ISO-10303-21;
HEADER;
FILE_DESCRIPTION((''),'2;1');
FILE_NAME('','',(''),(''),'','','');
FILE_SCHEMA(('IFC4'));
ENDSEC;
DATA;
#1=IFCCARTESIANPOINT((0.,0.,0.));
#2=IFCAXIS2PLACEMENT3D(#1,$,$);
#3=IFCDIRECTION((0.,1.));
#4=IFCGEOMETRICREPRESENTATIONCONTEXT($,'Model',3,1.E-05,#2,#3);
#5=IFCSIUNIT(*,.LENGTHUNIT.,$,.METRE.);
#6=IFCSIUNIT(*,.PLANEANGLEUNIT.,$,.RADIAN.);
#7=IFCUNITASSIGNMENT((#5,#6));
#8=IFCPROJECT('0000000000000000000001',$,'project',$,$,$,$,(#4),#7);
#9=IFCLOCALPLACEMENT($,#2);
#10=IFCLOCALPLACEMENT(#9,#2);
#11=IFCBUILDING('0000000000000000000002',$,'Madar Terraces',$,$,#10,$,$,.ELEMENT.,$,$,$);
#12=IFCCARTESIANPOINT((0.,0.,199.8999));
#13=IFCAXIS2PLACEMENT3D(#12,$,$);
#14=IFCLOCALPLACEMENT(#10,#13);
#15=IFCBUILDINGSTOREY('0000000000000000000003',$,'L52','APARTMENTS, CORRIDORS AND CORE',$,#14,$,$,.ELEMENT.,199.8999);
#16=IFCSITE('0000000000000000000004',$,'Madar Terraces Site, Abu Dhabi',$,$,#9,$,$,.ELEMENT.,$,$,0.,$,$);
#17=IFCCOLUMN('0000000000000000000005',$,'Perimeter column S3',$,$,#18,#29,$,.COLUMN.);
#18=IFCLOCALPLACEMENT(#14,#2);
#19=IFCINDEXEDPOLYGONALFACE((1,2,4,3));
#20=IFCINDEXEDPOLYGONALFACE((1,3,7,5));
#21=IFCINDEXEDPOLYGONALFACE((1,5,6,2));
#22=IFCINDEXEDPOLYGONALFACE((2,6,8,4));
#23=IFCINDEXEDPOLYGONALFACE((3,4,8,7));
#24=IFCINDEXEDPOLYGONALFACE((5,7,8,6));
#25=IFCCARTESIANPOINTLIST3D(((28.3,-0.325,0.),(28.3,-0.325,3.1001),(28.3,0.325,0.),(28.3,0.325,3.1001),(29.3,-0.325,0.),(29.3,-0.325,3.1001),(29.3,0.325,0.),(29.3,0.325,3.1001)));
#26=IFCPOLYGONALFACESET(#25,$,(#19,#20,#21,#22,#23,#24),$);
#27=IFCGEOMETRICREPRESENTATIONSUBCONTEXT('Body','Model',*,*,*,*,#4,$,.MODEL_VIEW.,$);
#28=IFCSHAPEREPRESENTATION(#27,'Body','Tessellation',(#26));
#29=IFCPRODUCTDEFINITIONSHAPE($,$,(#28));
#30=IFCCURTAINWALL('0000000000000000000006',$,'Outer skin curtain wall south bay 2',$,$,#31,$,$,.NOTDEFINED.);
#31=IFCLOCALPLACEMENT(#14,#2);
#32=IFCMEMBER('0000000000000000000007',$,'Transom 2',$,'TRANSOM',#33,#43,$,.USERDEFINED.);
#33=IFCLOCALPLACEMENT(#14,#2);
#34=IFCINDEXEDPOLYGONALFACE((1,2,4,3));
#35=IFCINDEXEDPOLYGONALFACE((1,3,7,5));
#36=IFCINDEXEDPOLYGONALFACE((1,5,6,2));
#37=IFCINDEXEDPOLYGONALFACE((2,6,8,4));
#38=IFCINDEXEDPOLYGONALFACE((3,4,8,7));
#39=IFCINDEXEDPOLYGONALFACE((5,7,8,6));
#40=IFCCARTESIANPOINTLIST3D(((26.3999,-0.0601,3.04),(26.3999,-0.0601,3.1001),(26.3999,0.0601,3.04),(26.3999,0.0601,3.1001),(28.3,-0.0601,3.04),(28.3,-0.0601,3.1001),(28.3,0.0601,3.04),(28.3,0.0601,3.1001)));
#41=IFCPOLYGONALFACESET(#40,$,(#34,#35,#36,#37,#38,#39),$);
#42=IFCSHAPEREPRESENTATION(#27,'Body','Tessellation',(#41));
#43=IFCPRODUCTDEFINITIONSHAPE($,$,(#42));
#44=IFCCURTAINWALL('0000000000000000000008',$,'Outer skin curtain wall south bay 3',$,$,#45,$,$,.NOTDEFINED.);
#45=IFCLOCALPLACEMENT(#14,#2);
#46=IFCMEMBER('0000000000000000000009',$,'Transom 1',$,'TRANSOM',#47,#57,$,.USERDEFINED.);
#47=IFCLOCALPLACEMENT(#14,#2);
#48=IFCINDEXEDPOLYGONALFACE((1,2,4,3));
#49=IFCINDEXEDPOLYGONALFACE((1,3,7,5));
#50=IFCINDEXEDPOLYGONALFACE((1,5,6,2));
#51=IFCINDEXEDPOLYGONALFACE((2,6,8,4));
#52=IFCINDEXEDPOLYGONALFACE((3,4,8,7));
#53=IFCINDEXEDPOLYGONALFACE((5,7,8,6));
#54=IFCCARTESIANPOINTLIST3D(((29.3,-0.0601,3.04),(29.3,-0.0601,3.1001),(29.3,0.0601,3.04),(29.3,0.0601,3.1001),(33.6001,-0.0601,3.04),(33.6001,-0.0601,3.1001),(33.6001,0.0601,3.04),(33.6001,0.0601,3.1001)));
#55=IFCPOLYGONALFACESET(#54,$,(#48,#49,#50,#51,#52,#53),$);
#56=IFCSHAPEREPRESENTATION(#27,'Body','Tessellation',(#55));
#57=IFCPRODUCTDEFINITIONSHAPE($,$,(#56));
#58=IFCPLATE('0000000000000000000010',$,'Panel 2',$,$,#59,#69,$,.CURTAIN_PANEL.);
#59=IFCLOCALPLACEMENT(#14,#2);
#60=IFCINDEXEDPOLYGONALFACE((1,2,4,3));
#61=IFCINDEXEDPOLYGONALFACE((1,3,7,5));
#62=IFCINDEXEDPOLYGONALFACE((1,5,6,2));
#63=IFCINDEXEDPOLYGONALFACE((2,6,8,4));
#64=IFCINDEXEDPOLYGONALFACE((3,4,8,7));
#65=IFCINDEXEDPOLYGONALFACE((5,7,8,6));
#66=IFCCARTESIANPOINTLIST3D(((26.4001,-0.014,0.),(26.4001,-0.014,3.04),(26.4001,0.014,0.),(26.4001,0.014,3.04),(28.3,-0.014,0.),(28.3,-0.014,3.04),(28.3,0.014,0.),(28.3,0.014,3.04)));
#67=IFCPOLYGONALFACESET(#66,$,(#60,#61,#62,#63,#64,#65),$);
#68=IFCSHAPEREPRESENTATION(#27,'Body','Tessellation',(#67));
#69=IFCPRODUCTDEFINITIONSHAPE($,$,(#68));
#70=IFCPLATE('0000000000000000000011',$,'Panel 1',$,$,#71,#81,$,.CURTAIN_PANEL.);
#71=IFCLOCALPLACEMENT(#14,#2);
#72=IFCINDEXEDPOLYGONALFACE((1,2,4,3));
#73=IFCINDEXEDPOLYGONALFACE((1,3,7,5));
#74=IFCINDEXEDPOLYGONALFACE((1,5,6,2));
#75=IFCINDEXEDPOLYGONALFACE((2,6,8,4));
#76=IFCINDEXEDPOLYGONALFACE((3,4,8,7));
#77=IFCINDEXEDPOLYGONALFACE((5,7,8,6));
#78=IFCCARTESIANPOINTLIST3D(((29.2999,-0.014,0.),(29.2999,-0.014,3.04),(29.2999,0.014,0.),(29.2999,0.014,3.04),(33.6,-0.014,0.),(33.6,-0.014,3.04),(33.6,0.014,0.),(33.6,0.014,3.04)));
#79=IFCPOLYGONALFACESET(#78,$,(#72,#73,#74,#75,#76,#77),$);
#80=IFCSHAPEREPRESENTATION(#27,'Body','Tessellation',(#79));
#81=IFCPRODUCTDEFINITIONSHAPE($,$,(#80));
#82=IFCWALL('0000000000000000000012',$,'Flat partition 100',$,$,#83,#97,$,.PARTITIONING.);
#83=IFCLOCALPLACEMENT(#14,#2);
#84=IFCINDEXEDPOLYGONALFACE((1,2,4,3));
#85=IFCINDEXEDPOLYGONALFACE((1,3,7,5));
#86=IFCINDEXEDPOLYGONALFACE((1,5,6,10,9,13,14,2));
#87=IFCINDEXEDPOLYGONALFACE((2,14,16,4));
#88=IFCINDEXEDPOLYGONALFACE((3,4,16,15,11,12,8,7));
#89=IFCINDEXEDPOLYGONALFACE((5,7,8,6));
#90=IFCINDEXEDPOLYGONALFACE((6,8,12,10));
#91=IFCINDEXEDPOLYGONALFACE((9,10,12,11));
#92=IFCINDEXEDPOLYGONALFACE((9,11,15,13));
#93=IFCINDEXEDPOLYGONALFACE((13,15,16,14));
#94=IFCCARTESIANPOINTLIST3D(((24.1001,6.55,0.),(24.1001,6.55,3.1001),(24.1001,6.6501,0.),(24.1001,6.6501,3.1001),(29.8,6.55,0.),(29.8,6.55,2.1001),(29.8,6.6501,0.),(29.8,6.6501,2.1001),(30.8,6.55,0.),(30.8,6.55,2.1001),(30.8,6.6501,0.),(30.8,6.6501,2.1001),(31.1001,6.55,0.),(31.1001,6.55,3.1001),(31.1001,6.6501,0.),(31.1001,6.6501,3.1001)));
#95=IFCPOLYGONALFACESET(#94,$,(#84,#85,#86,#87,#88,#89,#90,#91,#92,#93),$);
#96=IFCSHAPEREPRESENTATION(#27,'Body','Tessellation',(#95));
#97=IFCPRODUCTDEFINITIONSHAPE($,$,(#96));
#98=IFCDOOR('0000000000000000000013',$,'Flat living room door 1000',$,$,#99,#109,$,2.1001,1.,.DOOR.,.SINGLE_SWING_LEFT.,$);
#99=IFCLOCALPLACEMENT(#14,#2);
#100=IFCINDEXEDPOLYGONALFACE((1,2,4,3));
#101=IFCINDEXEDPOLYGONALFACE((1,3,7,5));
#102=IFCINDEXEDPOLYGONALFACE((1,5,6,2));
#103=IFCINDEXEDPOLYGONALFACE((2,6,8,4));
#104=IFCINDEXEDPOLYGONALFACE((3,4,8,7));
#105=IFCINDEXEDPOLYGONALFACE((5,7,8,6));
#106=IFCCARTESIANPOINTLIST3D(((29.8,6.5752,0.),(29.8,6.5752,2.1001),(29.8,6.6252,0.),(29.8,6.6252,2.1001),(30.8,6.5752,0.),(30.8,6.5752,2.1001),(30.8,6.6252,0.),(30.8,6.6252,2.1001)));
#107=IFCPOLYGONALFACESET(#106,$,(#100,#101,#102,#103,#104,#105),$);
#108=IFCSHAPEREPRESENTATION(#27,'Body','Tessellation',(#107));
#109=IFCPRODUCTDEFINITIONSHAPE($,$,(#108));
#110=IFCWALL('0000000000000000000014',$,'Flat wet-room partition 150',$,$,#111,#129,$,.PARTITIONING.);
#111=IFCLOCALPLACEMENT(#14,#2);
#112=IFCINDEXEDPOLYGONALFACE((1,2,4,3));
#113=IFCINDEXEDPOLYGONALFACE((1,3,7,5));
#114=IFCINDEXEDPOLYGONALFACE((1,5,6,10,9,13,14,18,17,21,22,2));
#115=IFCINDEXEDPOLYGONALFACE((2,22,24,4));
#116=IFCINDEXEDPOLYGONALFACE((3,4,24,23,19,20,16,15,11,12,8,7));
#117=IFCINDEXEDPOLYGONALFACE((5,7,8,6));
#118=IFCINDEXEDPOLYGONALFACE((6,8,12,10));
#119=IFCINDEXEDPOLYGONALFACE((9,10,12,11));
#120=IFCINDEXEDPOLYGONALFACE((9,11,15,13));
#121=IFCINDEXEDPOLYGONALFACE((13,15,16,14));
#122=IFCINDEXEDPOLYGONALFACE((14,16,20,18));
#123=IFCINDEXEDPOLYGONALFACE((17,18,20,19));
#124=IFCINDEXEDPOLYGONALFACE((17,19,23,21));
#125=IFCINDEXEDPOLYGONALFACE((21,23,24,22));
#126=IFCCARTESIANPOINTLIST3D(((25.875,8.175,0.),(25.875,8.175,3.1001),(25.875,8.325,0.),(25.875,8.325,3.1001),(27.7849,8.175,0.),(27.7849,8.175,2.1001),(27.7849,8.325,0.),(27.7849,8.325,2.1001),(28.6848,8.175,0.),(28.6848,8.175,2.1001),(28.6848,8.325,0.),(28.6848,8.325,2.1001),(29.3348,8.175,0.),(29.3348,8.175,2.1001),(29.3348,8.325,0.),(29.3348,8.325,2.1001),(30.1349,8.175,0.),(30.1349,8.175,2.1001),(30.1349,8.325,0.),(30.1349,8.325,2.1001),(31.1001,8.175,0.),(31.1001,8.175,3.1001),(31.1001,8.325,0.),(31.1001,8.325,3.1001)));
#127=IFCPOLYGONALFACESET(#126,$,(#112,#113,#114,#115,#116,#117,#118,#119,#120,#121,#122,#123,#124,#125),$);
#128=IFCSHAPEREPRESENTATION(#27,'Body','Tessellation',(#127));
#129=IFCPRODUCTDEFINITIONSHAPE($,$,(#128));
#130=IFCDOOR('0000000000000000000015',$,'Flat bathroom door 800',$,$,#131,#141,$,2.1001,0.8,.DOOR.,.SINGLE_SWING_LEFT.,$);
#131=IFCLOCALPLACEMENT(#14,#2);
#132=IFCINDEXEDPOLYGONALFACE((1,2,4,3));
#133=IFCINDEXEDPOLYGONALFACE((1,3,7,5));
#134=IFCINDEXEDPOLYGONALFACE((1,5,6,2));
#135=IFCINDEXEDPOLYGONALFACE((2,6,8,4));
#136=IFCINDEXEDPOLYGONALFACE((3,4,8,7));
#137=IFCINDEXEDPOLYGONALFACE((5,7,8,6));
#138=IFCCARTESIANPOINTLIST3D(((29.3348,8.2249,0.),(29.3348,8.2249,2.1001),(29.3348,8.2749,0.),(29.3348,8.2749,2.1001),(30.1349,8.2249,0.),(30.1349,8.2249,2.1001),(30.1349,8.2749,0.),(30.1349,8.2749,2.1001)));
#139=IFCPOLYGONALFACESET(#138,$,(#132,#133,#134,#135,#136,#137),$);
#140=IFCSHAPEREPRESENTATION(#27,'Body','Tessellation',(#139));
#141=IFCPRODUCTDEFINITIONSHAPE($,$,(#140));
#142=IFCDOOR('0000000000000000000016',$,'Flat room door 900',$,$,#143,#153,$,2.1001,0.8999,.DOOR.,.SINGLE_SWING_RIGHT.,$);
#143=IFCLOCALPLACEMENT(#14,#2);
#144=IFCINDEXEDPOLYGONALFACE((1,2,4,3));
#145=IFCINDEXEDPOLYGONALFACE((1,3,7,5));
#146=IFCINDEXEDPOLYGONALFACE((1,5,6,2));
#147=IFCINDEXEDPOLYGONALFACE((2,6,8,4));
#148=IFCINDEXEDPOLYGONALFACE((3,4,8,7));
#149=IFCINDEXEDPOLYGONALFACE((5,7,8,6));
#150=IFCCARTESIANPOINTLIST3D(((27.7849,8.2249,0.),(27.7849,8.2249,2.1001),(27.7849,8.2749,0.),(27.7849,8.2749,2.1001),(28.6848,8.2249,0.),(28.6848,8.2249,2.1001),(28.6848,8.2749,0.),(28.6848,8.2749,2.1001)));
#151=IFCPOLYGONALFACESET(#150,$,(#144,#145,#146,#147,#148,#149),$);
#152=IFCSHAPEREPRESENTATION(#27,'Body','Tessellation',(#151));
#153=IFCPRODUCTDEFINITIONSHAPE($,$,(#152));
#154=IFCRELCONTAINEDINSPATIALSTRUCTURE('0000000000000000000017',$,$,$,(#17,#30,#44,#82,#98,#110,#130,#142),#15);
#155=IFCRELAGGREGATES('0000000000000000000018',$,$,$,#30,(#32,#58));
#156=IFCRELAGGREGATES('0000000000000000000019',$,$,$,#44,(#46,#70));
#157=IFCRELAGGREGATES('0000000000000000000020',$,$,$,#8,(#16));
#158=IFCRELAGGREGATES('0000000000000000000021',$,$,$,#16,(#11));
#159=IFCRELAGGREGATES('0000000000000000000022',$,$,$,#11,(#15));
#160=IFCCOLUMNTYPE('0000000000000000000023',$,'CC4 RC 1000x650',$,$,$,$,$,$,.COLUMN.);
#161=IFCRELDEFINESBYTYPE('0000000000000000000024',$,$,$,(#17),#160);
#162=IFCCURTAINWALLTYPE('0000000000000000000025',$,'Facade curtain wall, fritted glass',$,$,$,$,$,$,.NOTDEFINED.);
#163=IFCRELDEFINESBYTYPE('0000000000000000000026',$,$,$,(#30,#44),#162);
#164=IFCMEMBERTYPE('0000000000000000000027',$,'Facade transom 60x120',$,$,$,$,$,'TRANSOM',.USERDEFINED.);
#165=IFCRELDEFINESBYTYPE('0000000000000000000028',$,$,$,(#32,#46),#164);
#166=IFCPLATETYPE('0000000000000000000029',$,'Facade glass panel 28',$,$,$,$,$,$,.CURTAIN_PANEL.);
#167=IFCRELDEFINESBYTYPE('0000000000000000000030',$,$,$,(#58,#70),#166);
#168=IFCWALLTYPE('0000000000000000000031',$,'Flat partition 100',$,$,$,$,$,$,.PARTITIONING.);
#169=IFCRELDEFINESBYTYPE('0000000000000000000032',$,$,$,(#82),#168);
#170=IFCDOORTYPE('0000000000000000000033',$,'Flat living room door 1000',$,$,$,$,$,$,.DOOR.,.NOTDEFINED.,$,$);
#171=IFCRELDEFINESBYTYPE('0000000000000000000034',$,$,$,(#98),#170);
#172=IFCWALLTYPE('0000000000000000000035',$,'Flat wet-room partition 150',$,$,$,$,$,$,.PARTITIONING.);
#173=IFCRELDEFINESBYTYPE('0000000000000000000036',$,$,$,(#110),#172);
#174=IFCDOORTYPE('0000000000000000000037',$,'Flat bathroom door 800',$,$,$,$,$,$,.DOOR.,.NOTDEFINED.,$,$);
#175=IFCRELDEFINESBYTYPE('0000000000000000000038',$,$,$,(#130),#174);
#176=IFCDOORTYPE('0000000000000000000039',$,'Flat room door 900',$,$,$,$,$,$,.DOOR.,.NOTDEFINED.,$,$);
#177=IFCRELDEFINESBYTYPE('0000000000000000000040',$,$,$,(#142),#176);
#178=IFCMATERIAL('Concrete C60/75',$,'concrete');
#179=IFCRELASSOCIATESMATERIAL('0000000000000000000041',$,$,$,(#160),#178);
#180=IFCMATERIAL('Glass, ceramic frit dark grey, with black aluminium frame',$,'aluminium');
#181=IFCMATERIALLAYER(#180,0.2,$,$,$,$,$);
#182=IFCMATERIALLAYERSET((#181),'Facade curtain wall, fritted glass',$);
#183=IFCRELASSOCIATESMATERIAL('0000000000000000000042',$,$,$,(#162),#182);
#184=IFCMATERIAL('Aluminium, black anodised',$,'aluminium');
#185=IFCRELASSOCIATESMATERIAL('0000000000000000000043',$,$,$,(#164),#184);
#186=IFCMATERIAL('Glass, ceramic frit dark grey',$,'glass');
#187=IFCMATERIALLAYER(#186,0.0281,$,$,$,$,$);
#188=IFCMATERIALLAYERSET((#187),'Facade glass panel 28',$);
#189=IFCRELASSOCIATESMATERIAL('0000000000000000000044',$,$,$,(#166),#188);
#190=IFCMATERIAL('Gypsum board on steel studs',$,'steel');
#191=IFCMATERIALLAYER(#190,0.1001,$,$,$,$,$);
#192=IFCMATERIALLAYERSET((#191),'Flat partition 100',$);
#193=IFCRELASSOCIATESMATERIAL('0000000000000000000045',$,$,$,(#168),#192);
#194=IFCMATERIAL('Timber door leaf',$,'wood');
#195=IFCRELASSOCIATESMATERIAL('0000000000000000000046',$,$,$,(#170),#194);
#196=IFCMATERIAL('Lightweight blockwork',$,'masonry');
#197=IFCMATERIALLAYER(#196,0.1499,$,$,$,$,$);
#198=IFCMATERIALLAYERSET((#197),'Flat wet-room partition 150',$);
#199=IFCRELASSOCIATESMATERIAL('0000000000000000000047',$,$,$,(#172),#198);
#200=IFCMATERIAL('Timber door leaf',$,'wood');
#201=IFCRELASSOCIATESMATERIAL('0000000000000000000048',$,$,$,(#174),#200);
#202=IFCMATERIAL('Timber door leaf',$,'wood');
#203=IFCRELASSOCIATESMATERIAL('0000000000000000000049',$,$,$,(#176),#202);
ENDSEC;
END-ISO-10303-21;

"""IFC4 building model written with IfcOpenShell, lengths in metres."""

from ifc_helpers import new_model, si_unit, direction, frame, frame_2d, origin, origin_2d, place, context, subcontext, project, spatial, rectangle, extrude, material, layer, layer_set, material_profile, profile_set, type_object, element, fill, aggregate, save


model = new_model("IFC4")

# Units and contexts
model_context = context("Model", 3, precision=1e-05, world=origin(), true_north=direction((0.0, 1.0)))
body_context = subcontext(model_context, "Body", "Model", "MODEL_VIEW")
ifc_project = project(units=[si_unit("LENGTHUNIT", "METRE"), si_unit("PLANEANGLEUNIT", "RADIAN")], contexts=[model_context])

# Site, building, storey
site_placement = place(None, origin())
site = spatial("IfcSite", under=ifc_project, at=site_placement, Name="Madar Terraces Site, Abu Dhabi", CompositionType="ELEMENT", RefElevation=0.0)
building_placement = place(site_placement, origin())
building = spatial("IfcBuilding", under=site, at=building_placement, Name="Madar Terraces", CompositionType="ELEMENT")
storey_placement = place(building_placement, frame((0.0, 0.0, 199.8999)))
storey = spatial("IfcBuildingStorey", under=building, at=storey_placement, Name="L52", Description="APARTMENTS, CORRIDORS AND CORE", CompositionType="ELEMENT", Elevation=199.8999)

# Column
ifc_material_1 = material(Name="Concrete C60/75", Category="concrete")
ifc_material_profile_1 = material_profile(ifc_material_1, rectangle(XDim=1.0, YDim=0.6499, at=origin_2d()), Name="CC4 RC 1000x650")
ifc_profile_set_1 = profile_set([ifc_material_profile_1], Name="Concrete C60/75")
column_type = type_object("IfcColumnType", Name="CC4 RC 1000x650", PredefinedType="COLUMN", material=ifc_profile_set_1)
column_placement = place(storey_placement, frame((28.8, 0.0, 0.0), z_axis=(0.0, 0.0, 1.0), x_axis=(1.0, 0.0, 0.0)))
element("IfcColumn", 1, at=column_placement, inside=storey, type_object=column_type, Name="Perimeter column S3", PredefinedType="COLUMN", context=body_context, shape_type="SweptSolid", body=[
    extrude(rectangle(XDim=1.0, YDim=0.6499, at=origin_2d()), origin(), (0.0, 0.0, 1.0), 3.1001),
])

# Curtain walls, members
ifc_material_2 = material(Name="Glass, ceramic frit dark grey, with black aluminium frame", Category="aluminium")
ifc_layer_1 = layer(ifc_material_2, 0.2)
ifc_layer_set_1 = layer_set([ifc_layer_1], Name="Facade curtain wall, fritted glass")
curtain_wall_type = type_object("IfcCurtainWallType", Name="Facade curtain wall, fritted glass", PredefinedType="NOTDEFINED", material=ifc_layer_set_1)
curtain_wall_1_placement = place(storey_placement, origin())
curtain_wall_1 = element("IfcCurtainWall", 2, at=curtain_wall_1_placement, inside=storey, type_object=curtain_wall_type, Name="Outer skin curtain wall south bay 2", PredefinedType="NOTDEFINED")
ifc_material_3 = material(Name="Aluminium, black anodised", Category="aluminium")
ifc_material_profile_2 = material_profile(ifc_material_3, rectangle(XDim=0.1201, YDim=0.0601, at=origin_2d()), Name="Facade transom 60x120")
ifc_profile_set_2 = profile_set([ifc_material_profile_2], Name="Aluminium, black anodised")
member_type = type_object("IfcMemberType", Name="Facade transom 60x120", ElementType="TRANSOM", PredefinedType="USERDEFINED", material=ifc_profile_set_2)
member_1_placement = place(storey_placement, frame((26.3999, 0.0, 3.0701), z_axis=(1.0, 0.0, 0.0), x_axis=(0.0, 1.0, 0.0)))
member_1 = element("IfcMember", 3, at=member_1_placement, type_object=member_type, Name="Transom 2", ObjectType="TRANSOM", PredefinedType="USERDEFINED", context=body_context, shape_type="SweptSolid", body=[
    extrude(rectangle(XDim=0.1201, YDim=0.0601, at=origin_2d()), origin(), (0.0, 0.0, 1.0), 1.9001),
])
curtain_wall_2_placement = place(storey_placement, origin())
curtain_wall_2 = element("IfcCurtainWall", 4, at=curtain_wall_2_placement, inside=storey, type_object=curtain_wall_type, Name="Outer skin curtain wall south bay 3", PredefinedType="NOTDEFINED")
member_2_placement = place(storey_placement, frame((29.3, 0.0, 3.0701), z_axis=(1.0, 0.0, 0.0), x_axis=(0.0, 1.0, 0.0)))
member_2 = element("IfcMember", 5, at=member_2_placement, type_object=member_type, Name="Transom 1", ObjectType="TRANSOM", PredefinedType="USERDEFINED", context=body_context, shape_type="SweptSolid", body=[
    extrude(rectangle(XDim=0.1201, YDim=0.0601, at=origin_2d()), origin(), (0.0, 0.0, 1.0), 4.3),
])

# Plates
ifc_material_4 = material(Name="Glass, ceramic frit dark grey", Category="glass")
ifc_layer_2 = layer(ifc_material_4, 0.0281)
ifc_layer_set_2 = layer_set([ifc_layer_2], Name="Facade glass panel 28")
plate_type = type_object("IfcPlateType", Name="Facade glass panel 28", PredefinedType="CURTAIN_PANEL", material=ifc_layer_set_2)
plate_1_placement = place(storey_placement, frame((27.3501, 0.0, 0.0), z_axis=(0.0, 0.0, 1.0), x_axis=(1.0, 0.0, 0.0)))
plate_1 = element("IfcPlate", 6, at=plate_1_placement, type_object=plate_type, Name="Panel 2", PredefinedType="CURTAIN_PANEL", context=body_context, shape_type="SweptSolid", body=[
    extrude(rectangle(XDim=1.8999, YDim=0.0281, at=origin_2d()), origin(), (0.0, 0.0, 1.0), 3.04),
])
aggregate(curtain_wall_1, [member_1, plate_1])
plate_2_placement = place(storey_placement, frame((31.45, 0.0, 0.0), z_axis=(0.0, 0.0, 1.0), x_axis=(1.0, 0.0, 0.0)))
plate_2 = element("IfcPlate", 7, at=plate_2_placement, type_object=plate_type, Name="Panel 1", PredefinedType="CURTAIN_PANEL", context=body_context, shape_type="SweptSolid", body=[
    extrude(rectangle(XDim=4.3, YDim=0.0281, at=origin_2d()), origin(), (0.0, 0.0, 1.0), 3.04),
])
aggregate(curtain_wall_2, [member_2, plate_2])

# Wall, opening, door
ifc_material_5 = material(Name="Gypsum board on steel studs", Category="steel")
ifc_layer_3 = layer(ifc_material_5, 0.1001)
ifc_layer_set_3 = layer_set([ifc_layer_3], Name="Flat partition 100")
wall_type_1 = type_object("IfcWallType", Name="Flat partition 100", PredefinedType="PARTITIONING", material=ifc_layer_set_3)
wall_1_placement = place(storey_placement, frame((31.1001, 6.6001, 0.0), z_axis=(0.0, 0.0, 1.0), x_axis=(-1.0, 0.0, 0.0)))
wall_1 = element("IfcWall", 8, at=wall_1_placement, inside=storey, type_object=wall_type_1, Name="Flat partition 100", PredefinedType="PARTITIONING", context=body_context, shape_type="SweptSolid", body=[
    extrude(rectangle(XDim=7.0, YDim=0.1001, at=frame_2d((3.5, 0.0))), origin(), (0.0, 0.0, 1.0), 3.1001),
])
opening_1_placement = place(wall_1_placement, frame((0.3, 0.0, 0.0)))
opening_1 = element("IfcOpeningElement", 9, at=opening_1_placement, cuts=wall_1, PredefinedType="OPENING", context=body_context, shape_type="SweptSolid", body=[
    extrude(rectangle(XDim=1.0, YDim=2.1001, at=frame_2d((0.5, 1.05))), frame((0.0, 0.0601, 0.0), z_axis=(0.0, -1.0, 0.0), x_axis=(1.0, 0.0, 0.0)), (0.0, 0.0, 1.0), 0.1201),
])
ifc_material_6 = material(Name="Timber door leaf", Category="wood")
door_type_1 = type_object("IfcDoorType", Name="Flat living room door 1000", OperationType="NOTDEFINED", PredefinedType="DOOR", material=ifc_material_6)
door_1_placement = place(opening_1_placement, origin())
door_1 = element("IfcDoor", 10, at=door_1_placement, inside=storey, type_object=door_type_1, Name="Flat living room door 1000", OperationType="SINGLE_SWING_LEFT", OverallHeight=2.1001, OverallWidth=1.0, PredefinedType="DOOR", context=body_context, shape_type="SweptSolid", body=[
    extrude(rectangle(XDim=1.0, YDim=2.1001, at=frame_2d((0.5, 1.05))), frame((0.0, 0.0249, 0.0), z_axis=(0.0, -1.0, 0.0), x_axis=(1.0, 0.0, 0.0)), (0.0, 0.0, 1.0), 0.05),
])
fill(opening_1, door_1)

# Wall, openings, doors
ifc_material_7 = material(Name="Lightweight blockwork", Category="masonry")
ifc_layer_4 = layer(ifc_material_7, 0.1499)
ifc_layer_set_4 = layer_set([ifc_layer_4], Name="Flat wet-room partition 150")
wall_type_2 = type_object("IfcWallType", Name="Flat wet-room partition 150", PredefinedType="PARTITIONING", material=ifc_layer_set_4)
wall_2_placement = place(storey_placement, frame((25.875, 8.25, 0.0), z_axis=(0.0, 0.0, 1.0), x_axis=(1.0, 0.0, 0.0)))
wall_2 = element("IfcWall", 11, at=wall_2_placement, inside=storey, type_object=wall_type_2, Name="Flat wet-room partition 150", PredefinedType="PARTITIONING", context=body_context, shape_type="SweptSolid", body=[
    extrude(rectangle(XDim=5.2251, YDim=0.1499, at=frame_2d((2.6125, 0.0))), origin(), (0.0, 0.0, 1.0), 3.1001),
])
opening_2_placement = place(wall_2_placement, frame((1.9099, 0.0, 0.0)))
opening_2 = element("IfcOpeningElement", 12, at=opening_2_placement, cuts=wall_2, PredefinedType="OPENING", context=body_context, shape_type="SweptSolid", body=[
    extrude(rectangle(XDim=0.8999, YDim=2.1001, at=frame_2d((0.45, 1.05))), frame((0.0, 0.085, 0.0), z_axis=(0.0, -1.0, 0.0), x_axis=(1.0, 0.0, 0.0)), (0.0, 0.0, 1.0), 0.1699),
])
opening_3_placement = place(wall_2_placement, frame((3.46, 0.0, 0.0)))
opening_3 = element("IfcOpeningElement", 13, at=opening_3_placement, cuts=wall_2, PredefinedType="OPENING", context=body_context, shape_type="SweptSolid", body=[
    extrude(rectangle(XDim=0.8, YDim=2.1001, at=frame_2d((0.3999, 1.05))), frame((0.0, 0.085, 0.0), z_axis=(0.0, -1.0, 0.0), x_axis=(1.0, 0.0, 0.0)), (0.0, 0.0, 1.0), 0.1699),
])
ifc_material_8 = material(Name="Timber door leaf", Category="wood")
door_type_2 = type_object("IfcDoorType", Name="Flat bathroom door 800", OperationType="NOTDEFINED", PredefinedType="DOOR", material=ifc_material_8)
door_2_placement = place(opening_3_placement, origin())
door_2 = element("IfcDoor", 14, at=door_2_placement, inside=storey, type_object=door_type_2, Name="Flat bathroom door 800", OperationType="SINGLE_SWING_LEFT", OverallHeight=2.1001, OverallWidth=0.8, PredefinedType="DOOR", context=body_context, shape_type="SweptSolid", body=[
    extrude(rectangle(XDim=0.8, YDim=2.1001, at=frame_2d((0.3999, 1.05))), frame((0.0, 0.0249, 0.0), z_axis=(0.0, -1.0, 0.0), x_axis=(1.0, 0.0, 0.0)), (0.0, 0.0, 1.0), 0.05),
])
fill(opening_3, door_2)
ifc_material_9 = material(Name="Timber door leaf", Category="wood")
door_type_3 = type_object("IfcDoorType", Name="Flat room door 900", OperationType="NOTDEFINED", PredefinedType="DOOR", material=ifc_material_9)
door_3_placement = place(opening_2_placement, origin())
door_3 = element("IfcDoor", 15, at=door_3_placement, inside=storey, type_object=door_type_3, Name="Flat room door 900", OperationType="SINGLE_SWING_RIGHT", OverallHeight=2.1001, OverallWidth=0.8999, PredefinedType="DOOR", context=body_context, shape_type="SweptSolid", body=[
    extrude(rectangle(XDim=0.8999, YDim=2.1001, at=frame_2d((0.45, 1.05))), frame((0.0, 0.0249, 0.0), z_axis=(0.0, -1.0, 0.0), x_axis=(1.0, 0.0, 0.0)), (0.0, 0.0, 1.0), 0.05),
])
fill(opening_2, door_3)

save(model, "model.ifc")
